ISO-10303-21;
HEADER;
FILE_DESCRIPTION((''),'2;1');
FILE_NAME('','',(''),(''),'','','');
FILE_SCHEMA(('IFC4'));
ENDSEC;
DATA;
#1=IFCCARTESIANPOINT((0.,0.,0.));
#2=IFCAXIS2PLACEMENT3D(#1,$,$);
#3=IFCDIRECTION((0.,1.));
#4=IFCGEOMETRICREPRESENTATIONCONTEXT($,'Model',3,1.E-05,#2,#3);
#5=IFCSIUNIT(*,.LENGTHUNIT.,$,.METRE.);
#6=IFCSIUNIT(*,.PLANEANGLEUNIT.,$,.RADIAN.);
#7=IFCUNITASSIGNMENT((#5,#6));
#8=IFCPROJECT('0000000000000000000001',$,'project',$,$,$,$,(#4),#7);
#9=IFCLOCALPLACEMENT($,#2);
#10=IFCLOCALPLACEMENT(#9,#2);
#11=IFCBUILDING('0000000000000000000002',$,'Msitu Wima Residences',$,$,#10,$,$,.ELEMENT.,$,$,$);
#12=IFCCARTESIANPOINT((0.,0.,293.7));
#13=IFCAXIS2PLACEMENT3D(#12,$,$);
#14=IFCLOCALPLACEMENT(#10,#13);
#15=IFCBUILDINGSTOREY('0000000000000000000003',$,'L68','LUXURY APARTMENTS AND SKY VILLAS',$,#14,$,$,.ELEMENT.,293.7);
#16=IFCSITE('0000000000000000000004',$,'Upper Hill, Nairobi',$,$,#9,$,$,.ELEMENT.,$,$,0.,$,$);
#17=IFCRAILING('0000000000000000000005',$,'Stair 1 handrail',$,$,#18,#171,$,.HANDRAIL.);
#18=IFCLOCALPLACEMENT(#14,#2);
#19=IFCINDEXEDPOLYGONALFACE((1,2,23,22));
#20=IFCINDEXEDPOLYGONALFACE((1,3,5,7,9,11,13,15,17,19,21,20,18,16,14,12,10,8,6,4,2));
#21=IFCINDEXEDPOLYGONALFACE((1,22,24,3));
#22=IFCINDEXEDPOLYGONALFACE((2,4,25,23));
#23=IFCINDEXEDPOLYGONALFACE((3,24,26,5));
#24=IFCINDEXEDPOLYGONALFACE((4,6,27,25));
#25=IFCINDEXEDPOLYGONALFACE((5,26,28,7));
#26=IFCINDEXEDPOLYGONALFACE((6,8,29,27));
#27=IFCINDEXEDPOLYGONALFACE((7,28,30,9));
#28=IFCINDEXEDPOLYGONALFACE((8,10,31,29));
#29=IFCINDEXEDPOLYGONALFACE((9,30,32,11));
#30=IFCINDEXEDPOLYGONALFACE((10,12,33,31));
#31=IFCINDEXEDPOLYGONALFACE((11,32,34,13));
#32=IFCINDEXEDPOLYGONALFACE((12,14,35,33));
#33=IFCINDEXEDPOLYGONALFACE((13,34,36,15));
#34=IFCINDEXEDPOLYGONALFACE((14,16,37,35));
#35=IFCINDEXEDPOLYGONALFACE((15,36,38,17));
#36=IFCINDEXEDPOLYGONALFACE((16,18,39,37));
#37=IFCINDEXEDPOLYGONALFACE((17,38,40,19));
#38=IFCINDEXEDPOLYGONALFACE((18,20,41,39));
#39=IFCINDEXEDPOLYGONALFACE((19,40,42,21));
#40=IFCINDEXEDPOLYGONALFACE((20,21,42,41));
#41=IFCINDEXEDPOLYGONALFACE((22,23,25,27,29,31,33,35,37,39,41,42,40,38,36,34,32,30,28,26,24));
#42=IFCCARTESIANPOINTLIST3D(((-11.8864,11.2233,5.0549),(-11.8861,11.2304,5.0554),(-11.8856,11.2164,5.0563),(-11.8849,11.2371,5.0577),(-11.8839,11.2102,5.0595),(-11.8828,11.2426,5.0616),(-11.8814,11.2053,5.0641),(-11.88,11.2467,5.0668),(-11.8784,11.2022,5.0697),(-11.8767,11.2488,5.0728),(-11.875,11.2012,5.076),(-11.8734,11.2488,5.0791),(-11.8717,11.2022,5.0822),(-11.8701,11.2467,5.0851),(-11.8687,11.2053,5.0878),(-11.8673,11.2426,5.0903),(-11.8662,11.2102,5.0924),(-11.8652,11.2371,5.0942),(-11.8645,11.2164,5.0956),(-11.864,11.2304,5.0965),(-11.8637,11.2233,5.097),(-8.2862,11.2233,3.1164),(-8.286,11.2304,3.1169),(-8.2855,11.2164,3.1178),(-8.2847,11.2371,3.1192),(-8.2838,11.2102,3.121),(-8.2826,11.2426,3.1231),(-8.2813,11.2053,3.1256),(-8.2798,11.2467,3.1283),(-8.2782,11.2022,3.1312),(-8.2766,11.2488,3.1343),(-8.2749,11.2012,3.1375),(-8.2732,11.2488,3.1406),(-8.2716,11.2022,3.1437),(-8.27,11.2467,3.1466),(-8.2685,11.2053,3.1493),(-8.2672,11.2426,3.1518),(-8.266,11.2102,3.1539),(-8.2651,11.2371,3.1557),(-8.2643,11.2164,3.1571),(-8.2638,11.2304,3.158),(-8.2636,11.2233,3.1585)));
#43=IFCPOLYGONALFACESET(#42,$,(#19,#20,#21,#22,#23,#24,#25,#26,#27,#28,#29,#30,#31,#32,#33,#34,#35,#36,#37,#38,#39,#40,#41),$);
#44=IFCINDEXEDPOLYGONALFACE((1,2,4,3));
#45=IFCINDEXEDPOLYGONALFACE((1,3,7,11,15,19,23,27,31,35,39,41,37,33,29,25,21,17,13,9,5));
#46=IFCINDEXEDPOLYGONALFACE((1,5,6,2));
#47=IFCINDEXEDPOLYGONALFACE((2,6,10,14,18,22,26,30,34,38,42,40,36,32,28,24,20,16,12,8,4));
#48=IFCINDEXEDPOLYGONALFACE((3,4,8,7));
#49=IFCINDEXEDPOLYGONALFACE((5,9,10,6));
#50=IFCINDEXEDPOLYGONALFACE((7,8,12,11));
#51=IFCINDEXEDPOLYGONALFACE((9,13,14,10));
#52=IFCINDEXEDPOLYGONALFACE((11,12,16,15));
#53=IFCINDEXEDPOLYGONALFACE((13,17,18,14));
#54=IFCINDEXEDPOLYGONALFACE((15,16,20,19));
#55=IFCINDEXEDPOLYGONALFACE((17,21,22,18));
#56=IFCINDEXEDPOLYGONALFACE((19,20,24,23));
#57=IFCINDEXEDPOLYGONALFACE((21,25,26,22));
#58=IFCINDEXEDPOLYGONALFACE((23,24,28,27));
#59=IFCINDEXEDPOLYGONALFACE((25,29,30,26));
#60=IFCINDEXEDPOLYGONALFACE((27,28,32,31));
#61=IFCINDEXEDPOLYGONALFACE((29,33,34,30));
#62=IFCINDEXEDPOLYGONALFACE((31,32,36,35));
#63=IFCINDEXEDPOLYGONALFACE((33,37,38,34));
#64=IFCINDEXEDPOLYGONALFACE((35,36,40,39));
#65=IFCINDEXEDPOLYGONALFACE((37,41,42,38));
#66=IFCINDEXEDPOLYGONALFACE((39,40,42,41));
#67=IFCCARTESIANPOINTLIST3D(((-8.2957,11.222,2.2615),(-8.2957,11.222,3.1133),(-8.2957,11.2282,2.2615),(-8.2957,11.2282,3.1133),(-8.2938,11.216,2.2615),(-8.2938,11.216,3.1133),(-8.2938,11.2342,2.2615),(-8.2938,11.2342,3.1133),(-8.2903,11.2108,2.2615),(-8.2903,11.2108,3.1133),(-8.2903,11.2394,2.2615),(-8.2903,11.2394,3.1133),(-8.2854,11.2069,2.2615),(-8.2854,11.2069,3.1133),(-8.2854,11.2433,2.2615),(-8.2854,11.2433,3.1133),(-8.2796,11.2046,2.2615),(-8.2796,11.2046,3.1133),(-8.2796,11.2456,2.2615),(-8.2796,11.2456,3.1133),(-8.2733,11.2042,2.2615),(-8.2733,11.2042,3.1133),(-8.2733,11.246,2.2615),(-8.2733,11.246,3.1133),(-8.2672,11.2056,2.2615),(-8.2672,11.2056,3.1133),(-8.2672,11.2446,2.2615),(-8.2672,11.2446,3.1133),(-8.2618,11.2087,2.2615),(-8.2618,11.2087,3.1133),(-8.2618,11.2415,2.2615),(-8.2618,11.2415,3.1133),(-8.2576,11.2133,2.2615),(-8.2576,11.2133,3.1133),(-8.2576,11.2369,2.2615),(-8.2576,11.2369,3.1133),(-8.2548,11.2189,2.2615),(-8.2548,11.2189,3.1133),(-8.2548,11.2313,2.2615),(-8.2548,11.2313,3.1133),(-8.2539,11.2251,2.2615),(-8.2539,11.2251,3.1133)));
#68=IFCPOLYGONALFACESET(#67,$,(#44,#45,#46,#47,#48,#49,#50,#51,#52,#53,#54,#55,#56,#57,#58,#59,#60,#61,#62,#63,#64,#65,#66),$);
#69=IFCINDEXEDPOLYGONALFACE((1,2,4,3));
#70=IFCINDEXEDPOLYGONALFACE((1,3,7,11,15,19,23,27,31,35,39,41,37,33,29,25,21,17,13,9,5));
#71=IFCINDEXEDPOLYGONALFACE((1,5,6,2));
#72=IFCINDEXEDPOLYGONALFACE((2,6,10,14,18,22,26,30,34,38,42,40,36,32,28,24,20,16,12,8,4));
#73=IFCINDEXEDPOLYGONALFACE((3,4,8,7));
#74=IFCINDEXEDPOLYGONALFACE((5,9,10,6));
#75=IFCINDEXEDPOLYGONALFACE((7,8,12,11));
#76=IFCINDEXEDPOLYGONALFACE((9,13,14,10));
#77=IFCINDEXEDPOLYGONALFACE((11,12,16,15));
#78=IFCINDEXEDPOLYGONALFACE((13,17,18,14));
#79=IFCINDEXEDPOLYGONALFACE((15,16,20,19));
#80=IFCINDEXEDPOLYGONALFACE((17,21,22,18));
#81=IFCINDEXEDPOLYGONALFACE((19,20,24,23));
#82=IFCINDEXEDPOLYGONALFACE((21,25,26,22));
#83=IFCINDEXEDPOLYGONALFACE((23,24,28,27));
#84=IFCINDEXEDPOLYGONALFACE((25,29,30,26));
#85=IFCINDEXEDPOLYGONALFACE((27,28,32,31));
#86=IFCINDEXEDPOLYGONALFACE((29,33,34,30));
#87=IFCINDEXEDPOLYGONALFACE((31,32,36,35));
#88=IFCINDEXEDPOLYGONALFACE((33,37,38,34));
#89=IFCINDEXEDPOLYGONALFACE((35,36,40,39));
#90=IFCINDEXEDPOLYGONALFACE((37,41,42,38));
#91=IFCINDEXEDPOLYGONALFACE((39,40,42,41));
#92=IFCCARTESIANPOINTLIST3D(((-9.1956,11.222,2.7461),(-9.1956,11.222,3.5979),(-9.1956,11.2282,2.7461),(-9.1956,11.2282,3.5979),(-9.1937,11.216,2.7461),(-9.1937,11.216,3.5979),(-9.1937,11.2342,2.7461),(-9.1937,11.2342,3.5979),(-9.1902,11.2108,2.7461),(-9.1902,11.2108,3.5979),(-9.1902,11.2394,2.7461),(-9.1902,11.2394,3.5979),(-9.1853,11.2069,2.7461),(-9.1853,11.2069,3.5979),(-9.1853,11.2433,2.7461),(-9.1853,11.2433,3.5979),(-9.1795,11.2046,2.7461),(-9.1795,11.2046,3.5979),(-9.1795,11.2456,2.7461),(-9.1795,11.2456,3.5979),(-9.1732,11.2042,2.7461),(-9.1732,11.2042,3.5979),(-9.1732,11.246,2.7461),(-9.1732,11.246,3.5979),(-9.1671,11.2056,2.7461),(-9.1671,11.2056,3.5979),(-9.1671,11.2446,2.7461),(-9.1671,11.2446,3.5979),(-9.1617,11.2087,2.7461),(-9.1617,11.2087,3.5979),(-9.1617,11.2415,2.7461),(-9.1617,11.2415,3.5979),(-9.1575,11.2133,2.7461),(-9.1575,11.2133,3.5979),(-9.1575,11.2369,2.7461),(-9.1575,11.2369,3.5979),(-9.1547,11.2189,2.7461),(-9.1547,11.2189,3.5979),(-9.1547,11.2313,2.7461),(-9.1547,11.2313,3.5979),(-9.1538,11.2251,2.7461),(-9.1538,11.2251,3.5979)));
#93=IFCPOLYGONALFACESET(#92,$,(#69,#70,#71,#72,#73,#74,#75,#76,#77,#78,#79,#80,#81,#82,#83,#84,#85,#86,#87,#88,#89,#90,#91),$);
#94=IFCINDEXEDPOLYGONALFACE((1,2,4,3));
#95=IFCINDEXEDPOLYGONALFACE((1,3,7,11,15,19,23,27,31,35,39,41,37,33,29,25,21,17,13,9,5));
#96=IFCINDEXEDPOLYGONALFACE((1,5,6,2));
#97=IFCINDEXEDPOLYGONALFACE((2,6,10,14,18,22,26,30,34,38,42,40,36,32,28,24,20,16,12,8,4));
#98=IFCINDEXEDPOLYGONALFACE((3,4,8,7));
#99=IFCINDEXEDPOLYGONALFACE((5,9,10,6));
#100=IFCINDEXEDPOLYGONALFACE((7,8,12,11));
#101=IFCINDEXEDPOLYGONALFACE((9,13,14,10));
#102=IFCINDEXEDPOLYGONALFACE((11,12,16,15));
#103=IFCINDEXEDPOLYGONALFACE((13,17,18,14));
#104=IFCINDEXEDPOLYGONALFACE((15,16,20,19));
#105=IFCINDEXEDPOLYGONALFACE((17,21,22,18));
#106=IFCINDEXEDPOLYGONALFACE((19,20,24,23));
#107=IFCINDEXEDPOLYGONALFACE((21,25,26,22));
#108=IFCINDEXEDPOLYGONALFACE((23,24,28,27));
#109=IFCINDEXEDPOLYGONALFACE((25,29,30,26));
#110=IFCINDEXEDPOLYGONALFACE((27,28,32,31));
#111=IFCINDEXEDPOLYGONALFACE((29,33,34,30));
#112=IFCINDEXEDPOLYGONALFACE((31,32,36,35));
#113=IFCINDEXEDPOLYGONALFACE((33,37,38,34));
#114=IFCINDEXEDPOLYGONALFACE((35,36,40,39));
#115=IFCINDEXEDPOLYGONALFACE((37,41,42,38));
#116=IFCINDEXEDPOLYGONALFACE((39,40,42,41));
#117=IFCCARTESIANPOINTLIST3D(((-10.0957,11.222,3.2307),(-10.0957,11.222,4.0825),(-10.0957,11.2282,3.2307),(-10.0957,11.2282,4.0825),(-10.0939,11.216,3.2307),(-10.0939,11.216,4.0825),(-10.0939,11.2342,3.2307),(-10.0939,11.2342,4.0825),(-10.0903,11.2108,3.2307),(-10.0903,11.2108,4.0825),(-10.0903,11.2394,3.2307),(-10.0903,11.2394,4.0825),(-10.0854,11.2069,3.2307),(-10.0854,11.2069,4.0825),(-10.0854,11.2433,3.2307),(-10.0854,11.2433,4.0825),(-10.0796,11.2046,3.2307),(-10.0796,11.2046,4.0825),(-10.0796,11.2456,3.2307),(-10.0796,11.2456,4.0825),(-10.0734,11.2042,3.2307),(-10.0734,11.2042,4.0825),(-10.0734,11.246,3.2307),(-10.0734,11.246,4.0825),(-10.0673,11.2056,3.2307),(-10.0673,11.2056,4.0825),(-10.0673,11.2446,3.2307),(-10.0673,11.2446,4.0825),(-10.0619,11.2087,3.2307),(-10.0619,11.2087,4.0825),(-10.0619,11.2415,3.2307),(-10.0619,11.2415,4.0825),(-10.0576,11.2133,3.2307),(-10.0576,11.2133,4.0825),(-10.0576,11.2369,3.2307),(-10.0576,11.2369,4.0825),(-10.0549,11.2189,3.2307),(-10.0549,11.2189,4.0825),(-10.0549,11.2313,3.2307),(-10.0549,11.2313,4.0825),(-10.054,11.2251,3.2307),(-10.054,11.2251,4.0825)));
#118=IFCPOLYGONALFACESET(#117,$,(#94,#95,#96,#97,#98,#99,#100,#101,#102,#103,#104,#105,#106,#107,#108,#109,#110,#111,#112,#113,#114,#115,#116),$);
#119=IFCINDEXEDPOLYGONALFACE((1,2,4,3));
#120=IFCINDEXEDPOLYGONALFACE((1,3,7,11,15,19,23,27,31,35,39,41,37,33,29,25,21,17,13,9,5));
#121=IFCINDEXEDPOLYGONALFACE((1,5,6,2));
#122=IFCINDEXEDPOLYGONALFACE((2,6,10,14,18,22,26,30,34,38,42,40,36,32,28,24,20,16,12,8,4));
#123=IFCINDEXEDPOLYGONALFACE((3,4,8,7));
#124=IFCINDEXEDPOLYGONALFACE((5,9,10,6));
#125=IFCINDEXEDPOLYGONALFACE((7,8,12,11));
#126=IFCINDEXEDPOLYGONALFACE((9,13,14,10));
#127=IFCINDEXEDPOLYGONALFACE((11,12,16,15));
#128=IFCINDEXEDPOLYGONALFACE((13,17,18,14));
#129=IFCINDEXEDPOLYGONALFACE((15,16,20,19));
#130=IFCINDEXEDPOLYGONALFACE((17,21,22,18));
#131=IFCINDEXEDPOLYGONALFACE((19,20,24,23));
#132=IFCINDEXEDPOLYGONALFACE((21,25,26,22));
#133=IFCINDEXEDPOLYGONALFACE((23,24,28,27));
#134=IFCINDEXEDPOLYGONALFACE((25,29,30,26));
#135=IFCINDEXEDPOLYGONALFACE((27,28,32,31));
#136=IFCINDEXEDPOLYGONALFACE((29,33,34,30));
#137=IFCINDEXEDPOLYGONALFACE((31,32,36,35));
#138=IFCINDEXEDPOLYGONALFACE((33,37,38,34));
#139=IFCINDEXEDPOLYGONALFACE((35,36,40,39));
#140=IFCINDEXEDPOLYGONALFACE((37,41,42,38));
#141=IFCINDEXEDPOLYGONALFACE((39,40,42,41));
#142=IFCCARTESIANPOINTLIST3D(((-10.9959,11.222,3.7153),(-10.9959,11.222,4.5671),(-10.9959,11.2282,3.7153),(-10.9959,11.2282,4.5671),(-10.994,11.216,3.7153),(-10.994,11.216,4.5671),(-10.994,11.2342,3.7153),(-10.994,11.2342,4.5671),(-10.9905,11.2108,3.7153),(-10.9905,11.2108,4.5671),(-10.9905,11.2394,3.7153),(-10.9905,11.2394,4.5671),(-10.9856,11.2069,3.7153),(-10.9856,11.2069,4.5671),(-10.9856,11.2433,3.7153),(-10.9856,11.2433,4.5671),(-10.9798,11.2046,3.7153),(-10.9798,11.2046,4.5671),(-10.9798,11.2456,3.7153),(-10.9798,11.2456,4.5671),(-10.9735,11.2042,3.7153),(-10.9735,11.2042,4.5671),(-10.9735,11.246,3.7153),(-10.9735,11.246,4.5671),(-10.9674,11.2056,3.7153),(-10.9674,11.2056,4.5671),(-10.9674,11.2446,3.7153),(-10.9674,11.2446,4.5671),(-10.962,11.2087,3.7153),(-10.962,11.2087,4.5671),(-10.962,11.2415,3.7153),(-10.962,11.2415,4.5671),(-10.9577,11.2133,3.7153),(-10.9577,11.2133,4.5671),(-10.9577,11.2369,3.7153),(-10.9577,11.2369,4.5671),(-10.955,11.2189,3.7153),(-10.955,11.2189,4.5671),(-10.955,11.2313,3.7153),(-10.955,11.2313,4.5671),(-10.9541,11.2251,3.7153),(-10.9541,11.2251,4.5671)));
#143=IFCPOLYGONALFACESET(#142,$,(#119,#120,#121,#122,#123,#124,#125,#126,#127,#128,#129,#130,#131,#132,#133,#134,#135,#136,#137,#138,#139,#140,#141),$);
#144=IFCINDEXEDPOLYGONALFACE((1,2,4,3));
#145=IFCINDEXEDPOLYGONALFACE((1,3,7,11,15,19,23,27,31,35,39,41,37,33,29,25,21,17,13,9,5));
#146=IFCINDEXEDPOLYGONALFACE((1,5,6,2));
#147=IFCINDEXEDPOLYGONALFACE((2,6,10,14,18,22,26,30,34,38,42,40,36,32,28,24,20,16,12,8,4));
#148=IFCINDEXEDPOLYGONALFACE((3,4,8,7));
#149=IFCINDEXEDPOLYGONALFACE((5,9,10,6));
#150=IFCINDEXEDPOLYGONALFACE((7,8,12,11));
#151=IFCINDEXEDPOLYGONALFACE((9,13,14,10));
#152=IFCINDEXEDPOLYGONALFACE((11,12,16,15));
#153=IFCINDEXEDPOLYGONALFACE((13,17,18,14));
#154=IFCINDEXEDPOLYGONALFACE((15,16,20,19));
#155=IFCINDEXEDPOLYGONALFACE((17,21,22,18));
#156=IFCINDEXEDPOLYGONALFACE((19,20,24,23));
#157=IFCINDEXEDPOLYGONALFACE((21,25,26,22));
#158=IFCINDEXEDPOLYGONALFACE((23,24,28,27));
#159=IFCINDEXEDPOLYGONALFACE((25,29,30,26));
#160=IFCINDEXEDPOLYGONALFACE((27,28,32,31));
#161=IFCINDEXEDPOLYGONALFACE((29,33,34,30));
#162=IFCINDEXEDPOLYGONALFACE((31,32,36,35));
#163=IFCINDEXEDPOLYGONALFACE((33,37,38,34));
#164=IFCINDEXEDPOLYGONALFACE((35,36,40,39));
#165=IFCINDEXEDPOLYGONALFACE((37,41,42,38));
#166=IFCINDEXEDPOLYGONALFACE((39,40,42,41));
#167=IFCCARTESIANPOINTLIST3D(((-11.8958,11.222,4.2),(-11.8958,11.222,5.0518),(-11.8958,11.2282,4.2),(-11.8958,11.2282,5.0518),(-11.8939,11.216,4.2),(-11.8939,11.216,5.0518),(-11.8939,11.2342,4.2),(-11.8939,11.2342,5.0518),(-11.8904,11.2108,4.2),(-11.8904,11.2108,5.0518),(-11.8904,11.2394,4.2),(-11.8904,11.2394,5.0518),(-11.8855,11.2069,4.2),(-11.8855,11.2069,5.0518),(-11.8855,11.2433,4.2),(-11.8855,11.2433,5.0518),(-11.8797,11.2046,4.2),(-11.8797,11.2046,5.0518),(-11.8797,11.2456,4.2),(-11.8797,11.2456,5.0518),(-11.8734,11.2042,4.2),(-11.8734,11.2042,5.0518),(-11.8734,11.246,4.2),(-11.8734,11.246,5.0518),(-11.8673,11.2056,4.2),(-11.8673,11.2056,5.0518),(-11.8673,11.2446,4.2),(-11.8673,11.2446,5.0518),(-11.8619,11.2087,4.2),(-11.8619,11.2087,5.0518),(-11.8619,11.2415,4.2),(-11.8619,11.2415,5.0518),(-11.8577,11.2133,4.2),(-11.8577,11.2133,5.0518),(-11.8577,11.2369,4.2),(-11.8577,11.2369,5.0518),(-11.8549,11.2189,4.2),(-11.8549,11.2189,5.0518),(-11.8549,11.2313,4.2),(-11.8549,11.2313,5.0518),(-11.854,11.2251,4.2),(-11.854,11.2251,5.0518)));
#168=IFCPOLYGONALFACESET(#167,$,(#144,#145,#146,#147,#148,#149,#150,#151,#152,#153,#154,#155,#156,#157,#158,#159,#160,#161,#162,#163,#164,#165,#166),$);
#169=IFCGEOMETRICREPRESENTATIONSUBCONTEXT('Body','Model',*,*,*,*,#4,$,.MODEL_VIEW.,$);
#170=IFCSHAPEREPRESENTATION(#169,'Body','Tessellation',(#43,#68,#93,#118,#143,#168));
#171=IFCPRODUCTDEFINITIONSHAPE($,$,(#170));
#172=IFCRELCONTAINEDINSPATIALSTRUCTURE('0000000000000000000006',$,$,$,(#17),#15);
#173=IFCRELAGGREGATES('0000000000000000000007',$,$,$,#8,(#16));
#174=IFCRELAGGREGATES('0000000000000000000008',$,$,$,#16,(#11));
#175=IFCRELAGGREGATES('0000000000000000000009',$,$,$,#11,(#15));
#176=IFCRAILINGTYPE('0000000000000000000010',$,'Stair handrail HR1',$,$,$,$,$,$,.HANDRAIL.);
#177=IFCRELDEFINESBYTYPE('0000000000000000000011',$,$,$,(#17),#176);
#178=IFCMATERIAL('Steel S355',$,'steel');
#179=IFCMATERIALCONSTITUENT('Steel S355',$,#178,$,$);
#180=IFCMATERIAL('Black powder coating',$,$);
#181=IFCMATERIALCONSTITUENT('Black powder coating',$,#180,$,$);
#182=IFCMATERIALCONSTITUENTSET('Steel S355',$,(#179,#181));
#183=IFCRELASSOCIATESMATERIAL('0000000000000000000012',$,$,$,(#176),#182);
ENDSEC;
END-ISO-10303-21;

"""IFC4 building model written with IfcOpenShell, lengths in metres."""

from ifc_helpers import new_model, si_unit, direction, frame, origin, origin_2d, place, context, subcontext, project, spatial, circle, extrude, material, constituent, constituent_set, type_object, element, save


model = new_model("IFC4")

# Units and contexts
model_context = context("Model", 3, precision=1e-05, world=origin(), true_north=direction((0.0, 1.0)))
body_context = subcontext(model_context, "Body", "Model", "MODEL_VIEW")
ifc_project = project(units=[si_unit("LENGTHUNIT", "METRE"), si_unit("PLANEANGLEUNIT", "RADIAN")], contexts=[model_context])

# Site, building, storey
site_placement = place(None, origin())
site = spatial("IfcSite", under=ifc_project, at=site_placement, Name="Upper Hill, Nairobi", CompositionType="ELEMENT", RefElevation=0.0)
building_placement = place(site_placement, origin())
building = spatial("IfcBuilding", under=site, at=building_placement, Name="Msitu Wima Residences", CompositionType="ELEMENT")
storey_placement = place(building_placement, frame((0.0, 0.0, 293.7)))
storey = spatial("IfcBuildingStorey", under=building, at=storey_placement, Name="L68", Description="LUXURY APARTMENTS AND SKY VILLAS", CompositionType="ELEMENT", Elevation=293.7)

# Railing
ifc_material_1 = material(Name="Steel S355", Category="steel")
ifc_constituent_1 = constituent(ifc_material_1, Name="Steel S355")
ifc_material_2 = material(Name="Black powder coating")
ifc_constituent_2 = constituent(ifc_material_2, Name="Black powder coating")
ifc_constituent_set = constituent_set(constituents=[ifc_constituent_1, ifc_constituent_2], Name="Steel S355")
railing_type = type_object("IfcRailingType", Name="Stair handrail HR1", PredefinedType="HANDRAIL", material=ifc_constituent_set)
railing_placement = place(storey_placement, frame((-8.2749, 11.2251, 2.2615)))
element("IfcRailing", 1, at=railing_placement, inside=storey, type_object=railing_type, Name="Stair 1 handrail", PredefinedType="HANDRAIL", context=body_context, shape_type="SweptSolid", body=[
    extrude(circle(Radius=0.0239, at=origin_2d()), frame((0.0, 0.0, 0.876), z_axis=(-0.880475, 0.0, 0.474093), x_axis=(0.0, -1.0, 0.0)), (0.0, 0.0, 1.0), 4.0889),
    extrude(circle(Radius=0.021, at=origin_2d()), origin(), (0.0, 0.0, 1.0), 0.8518),
    extrude(circle(Radius=0.021, at=origin_2d()), frame((-0.8999, 0.0, 0.4846)), (0.0, 0.0, 1.0), 0.8518),
    extrude(circle(Radius=0.021, at=origin_2d()), frame((-1.8, 0.0, 0.9692)), (0.0, 0.0, 1.0), 0.8518),
    extrude(circle(Radius=0.021, at=origin_2d()), frame((-2.7002, 0.0, 1.4539)), (0.0, 0.0, 1.0), 0.8518),
    extrude(circle(Radius=0.021, at=origin_2d()), frame((-3.6001, 0.0, 1.9385)), (0.0, 0.0, 1.0), 0.8518),
])

save(model, "model.ifc")
